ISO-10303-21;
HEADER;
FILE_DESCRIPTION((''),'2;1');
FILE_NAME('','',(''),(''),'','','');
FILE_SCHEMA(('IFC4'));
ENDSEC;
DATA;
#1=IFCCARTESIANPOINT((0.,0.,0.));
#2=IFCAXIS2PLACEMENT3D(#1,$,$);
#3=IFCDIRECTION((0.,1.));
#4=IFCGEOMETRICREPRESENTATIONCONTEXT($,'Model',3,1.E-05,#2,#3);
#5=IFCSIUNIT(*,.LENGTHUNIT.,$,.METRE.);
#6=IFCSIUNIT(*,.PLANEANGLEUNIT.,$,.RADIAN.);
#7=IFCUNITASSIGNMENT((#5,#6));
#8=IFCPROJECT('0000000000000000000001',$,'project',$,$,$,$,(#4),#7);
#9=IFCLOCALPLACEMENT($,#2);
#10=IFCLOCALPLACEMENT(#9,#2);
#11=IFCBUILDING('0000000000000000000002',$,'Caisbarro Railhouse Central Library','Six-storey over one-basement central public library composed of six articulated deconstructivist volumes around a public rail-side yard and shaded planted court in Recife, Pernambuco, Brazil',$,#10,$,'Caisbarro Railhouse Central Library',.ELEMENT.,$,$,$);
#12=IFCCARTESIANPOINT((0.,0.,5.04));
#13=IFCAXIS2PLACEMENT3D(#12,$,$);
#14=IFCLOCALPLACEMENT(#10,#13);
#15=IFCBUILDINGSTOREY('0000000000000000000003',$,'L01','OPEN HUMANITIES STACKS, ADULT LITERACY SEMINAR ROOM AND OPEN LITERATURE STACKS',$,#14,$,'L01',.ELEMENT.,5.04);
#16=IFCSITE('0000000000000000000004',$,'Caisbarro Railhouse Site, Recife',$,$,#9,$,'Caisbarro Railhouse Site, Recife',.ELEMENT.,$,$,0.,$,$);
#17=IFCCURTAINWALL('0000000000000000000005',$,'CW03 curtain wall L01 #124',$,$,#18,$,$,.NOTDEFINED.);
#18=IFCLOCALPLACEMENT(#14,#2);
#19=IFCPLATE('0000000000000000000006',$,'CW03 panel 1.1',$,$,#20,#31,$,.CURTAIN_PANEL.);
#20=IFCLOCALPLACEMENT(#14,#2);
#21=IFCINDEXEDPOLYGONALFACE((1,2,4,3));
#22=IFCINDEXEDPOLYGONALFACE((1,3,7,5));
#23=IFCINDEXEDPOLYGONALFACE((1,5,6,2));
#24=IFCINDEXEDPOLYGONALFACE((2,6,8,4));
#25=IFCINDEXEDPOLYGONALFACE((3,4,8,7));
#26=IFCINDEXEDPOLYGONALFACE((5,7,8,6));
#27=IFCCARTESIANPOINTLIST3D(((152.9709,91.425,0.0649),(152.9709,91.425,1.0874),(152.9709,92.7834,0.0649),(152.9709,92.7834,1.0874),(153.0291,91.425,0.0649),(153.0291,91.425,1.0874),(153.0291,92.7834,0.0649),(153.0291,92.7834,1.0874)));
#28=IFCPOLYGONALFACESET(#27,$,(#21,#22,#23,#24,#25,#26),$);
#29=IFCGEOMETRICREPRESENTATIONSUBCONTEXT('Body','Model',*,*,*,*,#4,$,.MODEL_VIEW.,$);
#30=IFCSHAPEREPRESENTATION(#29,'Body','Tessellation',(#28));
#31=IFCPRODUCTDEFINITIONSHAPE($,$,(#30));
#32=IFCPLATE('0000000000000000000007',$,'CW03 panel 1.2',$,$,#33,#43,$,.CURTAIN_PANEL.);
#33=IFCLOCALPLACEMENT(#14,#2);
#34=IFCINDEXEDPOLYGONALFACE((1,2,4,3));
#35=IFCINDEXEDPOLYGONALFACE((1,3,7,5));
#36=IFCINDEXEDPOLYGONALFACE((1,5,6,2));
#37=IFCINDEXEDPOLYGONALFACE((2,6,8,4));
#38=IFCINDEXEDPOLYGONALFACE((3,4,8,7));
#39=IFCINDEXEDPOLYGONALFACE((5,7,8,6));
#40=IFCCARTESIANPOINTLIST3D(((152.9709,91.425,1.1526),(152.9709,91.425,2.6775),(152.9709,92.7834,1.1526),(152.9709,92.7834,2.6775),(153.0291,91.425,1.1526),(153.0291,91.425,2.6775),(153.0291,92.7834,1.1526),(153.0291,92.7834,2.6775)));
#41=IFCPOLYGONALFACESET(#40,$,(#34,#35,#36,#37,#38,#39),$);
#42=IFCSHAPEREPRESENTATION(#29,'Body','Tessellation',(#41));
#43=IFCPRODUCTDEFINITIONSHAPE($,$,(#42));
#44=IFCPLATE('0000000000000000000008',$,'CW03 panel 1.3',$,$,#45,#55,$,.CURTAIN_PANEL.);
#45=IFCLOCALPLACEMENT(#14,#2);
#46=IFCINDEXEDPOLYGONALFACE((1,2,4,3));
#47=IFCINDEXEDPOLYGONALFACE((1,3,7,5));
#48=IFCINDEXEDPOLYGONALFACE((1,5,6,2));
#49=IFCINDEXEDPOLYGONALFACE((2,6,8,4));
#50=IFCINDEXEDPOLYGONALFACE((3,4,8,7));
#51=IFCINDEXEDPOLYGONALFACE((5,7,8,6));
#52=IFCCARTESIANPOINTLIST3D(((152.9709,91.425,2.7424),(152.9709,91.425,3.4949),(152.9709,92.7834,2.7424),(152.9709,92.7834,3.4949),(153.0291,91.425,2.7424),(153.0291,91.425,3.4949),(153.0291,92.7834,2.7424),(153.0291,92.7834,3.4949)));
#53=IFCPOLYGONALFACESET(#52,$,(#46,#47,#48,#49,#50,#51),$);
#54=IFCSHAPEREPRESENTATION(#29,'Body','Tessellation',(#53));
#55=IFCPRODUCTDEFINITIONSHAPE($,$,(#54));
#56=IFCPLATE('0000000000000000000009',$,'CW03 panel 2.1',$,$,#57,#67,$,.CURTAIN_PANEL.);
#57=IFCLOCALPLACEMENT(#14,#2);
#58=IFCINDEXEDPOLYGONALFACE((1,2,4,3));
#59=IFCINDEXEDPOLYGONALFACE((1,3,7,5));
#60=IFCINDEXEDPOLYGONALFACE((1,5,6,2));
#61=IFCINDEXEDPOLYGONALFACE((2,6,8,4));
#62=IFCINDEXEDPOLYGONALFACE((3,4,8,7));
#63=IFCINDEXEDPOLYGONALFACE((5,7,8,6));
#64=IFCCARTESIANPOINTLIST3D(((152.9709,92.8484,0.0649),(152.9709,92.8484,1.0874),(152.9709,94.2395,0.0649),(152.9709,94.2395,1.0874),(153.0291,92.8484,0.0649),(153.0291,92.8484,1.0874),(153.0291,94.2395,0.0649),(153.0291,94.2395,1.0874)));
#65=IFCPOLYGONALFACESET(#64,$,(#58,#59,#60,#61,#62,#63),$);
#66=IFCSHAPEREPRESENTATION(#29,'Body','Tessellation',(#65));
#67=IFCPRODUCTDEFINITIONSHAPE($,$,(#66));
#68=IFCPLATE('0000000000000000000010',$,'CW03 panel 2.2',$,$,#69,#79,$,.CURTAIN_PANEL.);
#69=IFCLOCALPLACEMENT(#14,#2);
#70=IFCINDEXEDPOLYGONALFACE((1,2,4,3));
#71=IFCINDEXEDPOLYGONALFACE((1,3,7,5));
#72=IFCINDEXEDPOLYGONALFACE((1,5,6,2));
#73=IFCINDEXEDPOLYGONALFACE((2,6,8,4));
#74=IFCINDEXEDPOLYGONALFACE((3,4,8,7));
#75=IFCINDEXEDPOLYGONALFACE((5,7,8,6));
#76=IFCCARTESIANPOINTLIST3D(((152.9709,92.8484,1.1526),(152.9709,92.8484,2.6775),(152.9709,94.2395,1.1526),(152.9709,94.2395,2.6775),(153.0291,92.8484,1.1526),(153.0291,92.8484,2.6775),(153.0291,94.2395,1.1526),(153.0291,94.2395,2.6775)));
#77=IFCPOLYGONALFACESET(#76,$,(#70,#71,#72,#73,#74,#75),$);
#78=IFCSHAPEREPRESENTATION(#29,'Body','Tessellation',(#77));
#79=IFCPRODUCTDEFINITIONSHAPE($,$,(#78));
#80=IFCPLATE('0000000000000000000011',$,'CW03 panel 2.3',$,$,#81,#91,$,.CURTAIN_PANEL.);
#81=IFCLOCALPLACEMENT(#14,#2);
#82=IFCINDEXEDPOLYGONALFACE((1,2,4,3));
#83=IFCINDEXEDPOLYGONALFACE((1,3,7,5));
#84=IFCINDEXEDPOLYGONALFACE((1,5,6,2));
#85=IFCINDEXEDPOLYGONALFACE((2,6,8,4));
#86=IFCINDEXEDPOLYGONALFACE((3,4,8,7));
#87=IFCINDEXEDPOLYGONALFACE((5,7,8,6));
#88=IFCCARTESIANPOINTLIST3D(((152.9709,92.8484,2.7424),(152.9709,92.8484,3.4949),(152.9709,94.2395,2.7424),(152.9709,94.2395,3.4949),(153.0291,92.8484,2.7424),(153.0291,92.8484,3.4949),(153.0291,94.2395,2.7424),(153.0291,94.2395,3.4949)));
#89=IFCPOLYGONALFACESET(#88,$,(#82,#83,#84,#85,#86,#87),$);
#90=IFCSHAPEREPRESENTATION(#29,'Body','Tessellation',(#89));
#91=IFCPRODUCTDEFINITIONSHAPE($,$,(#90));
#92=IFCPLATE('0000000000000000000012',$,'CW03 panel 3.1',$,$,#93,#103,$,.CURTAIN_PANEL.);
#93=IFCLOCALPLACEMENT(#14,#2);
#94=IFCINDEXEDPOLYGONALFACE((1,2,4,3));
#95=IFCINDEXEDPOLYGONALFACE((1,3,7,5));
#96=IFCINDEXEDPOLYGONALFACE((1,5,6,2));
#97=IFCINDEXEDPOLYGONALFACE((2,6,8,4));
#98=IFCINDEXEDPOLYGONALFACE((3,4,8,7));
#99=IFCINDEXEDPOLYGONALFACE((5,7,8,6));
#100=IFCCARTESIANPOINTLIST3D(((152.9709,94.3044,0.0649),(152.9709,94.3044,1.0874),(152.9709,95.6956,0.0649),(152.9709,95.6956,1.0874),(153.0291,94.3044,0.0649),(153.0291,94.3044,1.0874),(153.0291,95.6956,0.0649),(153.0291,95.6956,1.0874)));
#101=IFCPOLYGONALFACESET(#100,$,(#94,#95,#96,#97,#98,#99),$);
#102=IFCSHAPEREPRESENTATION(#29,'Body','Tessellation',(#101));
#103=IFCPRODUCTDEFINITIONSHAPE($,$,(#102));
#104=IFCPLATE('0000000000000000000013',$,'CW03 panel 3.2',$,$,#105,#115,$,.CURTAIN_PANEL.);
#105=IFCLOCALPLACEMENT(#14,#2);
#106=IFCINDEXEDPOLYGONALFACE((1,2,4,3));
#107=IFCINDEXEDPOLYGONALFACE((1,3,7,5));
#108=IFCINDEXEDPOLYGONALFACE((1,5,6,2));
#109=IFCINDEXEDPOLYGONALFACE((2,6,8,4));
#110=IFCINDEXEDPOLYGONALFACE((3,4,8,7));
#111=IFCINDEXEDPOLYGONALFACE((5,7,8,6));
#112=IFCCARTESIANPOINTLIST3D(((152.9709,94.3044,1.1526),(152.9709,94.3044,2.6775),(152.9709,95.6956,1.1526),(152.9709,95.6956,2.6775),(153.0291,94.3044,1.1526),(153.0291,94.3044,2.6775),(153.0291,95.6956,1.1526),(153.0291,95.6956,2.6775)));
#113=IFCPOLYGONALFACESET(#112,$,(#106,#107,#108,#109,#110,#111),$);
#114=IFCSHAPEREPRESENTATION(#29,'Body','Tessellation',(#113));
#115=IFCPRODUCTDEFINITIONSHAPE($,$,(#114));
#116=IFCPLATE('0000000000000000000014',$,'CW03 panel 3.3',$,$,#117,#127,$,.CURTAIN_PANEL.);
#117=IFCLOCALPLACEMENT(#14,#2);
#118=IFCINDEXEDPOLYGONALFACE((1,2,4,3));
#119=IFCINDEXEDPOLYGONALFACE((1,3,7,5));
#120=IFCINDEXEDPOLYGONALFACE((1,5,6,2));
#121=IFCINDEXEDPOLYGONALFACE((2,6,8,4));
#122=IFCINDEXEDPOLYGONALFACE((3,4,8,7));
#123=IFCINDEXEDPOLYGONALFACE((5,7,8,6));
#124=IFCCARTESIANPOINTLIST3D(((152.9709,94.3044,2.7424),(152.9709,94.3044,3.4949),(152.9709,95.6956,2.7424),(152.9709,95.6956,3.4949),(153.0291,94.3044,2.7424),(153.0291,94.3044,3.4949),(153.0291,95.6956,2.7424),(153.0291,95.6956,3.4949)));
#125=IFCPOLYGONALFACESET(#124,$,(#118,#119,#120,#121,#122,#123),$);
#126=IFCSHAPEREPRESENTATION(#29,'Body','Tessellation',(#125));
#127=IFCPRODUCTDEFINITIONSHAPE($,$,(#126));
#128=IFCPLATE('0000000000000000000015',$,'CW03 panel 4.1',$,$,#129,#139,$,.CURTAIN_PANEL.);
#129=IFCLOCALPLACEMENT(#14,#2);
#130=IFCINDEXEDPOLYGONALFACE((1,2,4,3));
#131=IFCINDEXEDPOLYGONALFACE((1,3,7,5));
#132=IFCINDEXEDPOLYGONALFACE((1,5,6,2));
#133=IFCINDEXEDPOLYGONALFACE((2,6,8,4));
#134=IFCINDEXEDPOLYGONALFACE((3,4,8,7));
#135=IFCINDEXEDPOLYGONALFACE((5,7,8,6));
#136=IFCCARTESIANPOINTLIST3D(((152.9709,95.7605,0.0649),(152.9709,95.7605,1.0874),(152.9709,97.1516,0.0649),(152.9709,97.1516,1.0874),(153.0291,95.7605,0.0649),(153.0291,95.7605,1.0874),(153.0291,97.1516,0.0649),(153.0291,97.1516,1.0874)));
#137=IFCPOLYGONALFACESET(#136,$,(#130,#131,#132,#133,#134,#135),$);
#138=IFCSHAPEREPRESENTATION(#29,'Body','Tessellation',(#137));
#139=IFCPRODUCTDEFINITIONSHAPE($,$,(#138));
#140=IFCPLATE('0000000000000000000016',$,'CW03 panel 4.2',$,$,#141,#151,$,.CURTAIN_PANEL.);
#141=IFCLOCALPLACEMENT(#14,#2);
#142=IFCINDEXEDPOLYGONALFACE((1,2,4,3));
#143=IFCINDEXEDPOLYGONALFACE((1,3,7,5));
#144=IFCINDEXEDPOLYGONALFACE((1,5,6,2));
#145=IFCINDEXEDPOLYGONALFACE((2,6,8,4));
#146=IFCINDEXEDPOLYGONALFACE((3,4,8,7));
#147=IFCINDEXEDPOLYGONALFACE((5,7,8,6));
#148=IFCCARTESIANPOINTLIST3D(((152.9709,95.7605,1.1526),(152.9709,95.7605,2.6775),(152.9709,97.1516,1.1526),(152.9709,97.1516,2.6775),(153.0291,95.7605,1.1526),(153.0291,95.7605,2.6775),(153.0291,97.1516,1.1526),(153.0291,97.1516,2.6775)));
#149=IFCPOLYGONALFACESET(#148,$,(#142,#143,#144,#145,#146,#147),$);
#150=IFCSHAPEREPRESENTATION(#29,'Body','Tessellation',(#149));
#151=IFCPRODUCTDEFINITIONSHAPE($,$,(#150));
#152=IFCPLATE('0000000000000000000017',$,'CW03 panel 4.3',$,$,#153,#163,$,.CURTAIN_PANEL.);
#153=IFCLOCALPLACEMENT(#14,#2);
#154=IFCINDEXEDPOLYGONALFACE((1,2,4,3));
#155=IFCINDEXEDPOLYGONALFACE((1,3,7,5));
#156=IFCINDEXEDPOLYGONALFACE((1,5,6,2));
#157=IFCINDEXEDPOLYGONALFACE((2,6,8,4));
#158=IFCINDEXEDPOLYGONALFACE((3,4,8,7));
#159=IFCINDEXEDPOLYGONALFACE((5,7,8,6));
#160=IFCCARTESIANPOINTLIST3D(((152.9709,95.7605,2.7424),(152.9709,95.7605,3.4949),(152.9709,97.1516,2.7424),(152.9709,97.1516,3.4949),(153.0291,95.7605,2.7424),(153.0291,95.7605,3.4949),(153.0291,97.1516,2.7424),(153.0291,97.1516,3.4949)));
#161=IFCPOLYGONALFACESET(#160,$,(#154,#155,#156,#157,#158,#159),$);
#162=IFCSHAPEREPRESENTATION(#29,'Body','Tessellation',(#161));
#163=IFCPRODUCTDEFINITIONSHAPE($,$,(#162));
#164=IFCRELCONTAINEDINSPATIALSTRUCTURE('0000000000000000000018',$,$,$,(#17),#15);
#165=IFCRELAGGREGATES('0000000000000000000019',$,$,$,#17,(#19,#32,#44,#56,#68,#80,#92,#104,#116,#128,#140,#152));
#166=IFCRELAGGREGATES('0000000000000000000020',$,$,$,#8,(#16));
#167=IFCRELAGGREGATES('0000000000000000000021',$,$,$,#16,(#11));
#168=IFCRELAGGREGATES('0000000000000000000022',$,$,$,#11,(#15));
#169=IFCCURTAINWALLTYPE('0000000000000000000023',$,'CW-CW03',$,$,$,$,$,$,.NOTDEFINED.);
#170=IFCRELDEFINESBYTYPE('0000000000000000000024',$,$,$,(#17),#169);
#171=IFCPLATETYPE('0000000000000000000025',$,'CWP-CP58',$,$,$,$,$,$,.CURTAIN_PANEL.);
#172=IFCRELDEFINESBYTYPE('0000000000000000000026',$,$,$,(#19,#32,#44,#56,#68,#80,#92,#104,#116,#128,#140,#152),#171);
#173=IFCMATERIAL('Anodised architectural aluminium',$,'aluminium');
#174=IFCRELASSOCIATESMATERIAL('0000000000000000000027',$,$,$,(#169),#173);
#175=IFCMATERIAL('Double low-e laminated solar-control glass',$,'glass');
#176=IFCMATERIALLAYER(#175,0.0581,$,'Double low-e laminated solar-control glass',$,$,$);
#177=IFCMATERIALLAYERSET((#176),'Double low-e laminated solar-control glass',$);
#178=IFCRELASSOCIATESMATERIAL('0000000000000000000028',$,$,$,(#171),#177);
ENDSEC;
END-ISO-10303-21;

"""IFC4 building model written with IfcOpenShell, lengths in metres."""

from ifc_helpers import new_model, si_unit, direction, frame, origin, origin_2d, place, context, subcontext, project, spatial, rectangle, extrude, material, layer, layer_set, type_object, element, aggregate, save


model = new_model("IFC4")

# Units and contexts
model_context = context("Model", 3, precision=1e-05, world=origin(), true_north=direction((0.0, 1.0)))
body_context = subcontext(model_context, "Body", "Model", "MODEL_VIEW")
ifc_project = project(units=[si_unit("LENGTHUNIT", "METRE"), si_unit("PLANEANGLEUNIT", "RADIAN")], contexts=[model_context])

# Site, building, storey
site_placement = place(None, origin())
site = spatial("IfcSite", under=ifc_project, at=site_placement, Name="Caisbarro Railhouse Site, Recife", LongName="Caisbarro Railhouse Site, Recife", CompositionType="ELEMENT", RefElevation=0.0)
building_placement = place(site_placement, origin())
building = spatial("IfcBuilding", under=site, at=building_placement, Name="Caisbarro Railhouse Central Library", Description="Six-storey over one-basement central public library composed of six articulated deconstructivist volumes around a public rail-side yard and shaded planted court in Recife, Pernambuco, Brazil", LongName="Caisbarro Railhouse Central Library", CompositionType="ELEMENT")
storey_placement = place(building_placement, frame((0.0, 0.0, 5.04)))
storey = spatial("IfcBuildingStorey", under=building, at=storey_placement, Name="L01", Description="OPEN HUMANITIES STACKS, ADULT LITERACY SEMINAR ROOM AND OPEN LITERATURE STACKS", LongName="L01", CompositionType="ELEMENT", Elevation=5.04)

# Curtain wall, plates
ifc_material_1 = material(Name="Anodised architectural aluminium", Category="aluminium")
curtain_wall_type = type_object("IfcCurtainWallType", Name="CW-CW03", PredefinedType="NOTDEFINED", material=ifc_material_1)
curtain_wall_placement = place(storey_placement, origin())
curtain_wall = element("IfcCurtainWall", 1, at=curtain_wall_placement, inside=storey, type_object=curtain_wall_type, Name="CW03 curtain wall L01 #124", PredefinedType="NOTDEFINED")
ifc_material_2 = material(Name="Double low-e laminated solar-control glass", Category="glass")
ifc_layer = layer(ifc_material_2, 0.0581, Name="Double low-e laminated solar-control glass")
ifc_layer_set = layer_set([ifc_layer], Name="Double low-e laminated solar-control glass")
plate_type = type_object("IfcPlateType", Name="CWP-CP58", PredefinedType="CURTAIN_PANEL", material=ifc_layer_set)
plate_1_placement = place(storey_placement, frame((153.0, 92.1042, 0.0649), z_axis=(0.0, 0.0, 1.0), x_axis=(0.0, 1.0, 0.0)))
plate_1 = element("IfcPlate", 2, at=plate_1_placement, type_object=plate_type, Name="CW03 panel 1.1", PredefinedType="CURTAIN_PANEL", context=body_context, shape_type="SweptSolid", body=[
    extrude(rectangle(XDim=1.3584, YDim=0.0581, at=origin_2d()), origin(), (0.0, 0.0, 1.0), 1.0225),
])
plate_2_placement = place(storey_placement, frame((153.0, 92.1042, 1.1526), z_axis=(0.0, 0.0, 1.0), x_axis=(0.0, 1.0, 0.0)))
plate_2 = element("IfcPlate", 3, at=plate_2_placement, type_object=plate_type, Name="CW03 panel 1.2", PredefinedType="CURTAIN_PANEL", context=body_context, shape_type="SweptSolid", body=[
    extrude(rectangle(XDim=1.3584, YDim=0.0581, at=origin_2d()), origin(), (0.0, 0.0, 1.0), 1.5249),
])
plate_3_placement = place(storey_placement, frame((153.0, 92.1042, 2.7424), z_axis=(0.0, 0.0, 1.0), x_axis=(0.0, 1.0, 0.0)))
plate_3 = element("IfcPlate", 4, at=plate_3_placement, type_object=plate_type, Name="CW03 panel 1.3", PredefinedType="CURTAIN_PANEL", context=body_context, shape_type="SweptSolid", body=[
    extrude(rectangle(XDim=1.3584, YDim=0.0581, at=origin_2d()), origin(), (0.0, 0.0, 1.0), 0.7524),
])
plate_4_placement = place(storey_placement, frame((153.0, 93.5439, 0.0649), z_axis=(0.0, 0.0, 1.0), x_axis=(0.0, 1.0, 0.0)))
plate_4 = element("IfcPlate", 5, at=plate_4_placement, type_object=plate_type, Name="CW03 panel 2.1", PredefinedType="CURTAIN_PANEL", context=body_context, shape_type="SweptSolid", body=[
    extrude(rectangle(XDim=1.3911, YDim=0.0581, at=origin_2d()), origin(), (0.0, 0.0, 1.0), 1.0225),
])
plate_5_placement = place(storey_placement, frame((153.0, 93.5439, 1.1526), z_axis=(0.0, 0.0, 1.0), x_axis=(0.0, 1.0, 0.0)))
plate_5 = element("IfcPlate", 6, at=plate_5_placement, type_object=plate_type, Name="CW03 panel 2.2", PredefinedType="CURTAIN_PANEL", context=body_context, shape_type="SweptSolid", body=[
    extrude(rectangle(XDim=1.3911, YDim=0.0581, at=origin_2d()), origin(), (0.0, 0.0, 1.0), 1.5249),
])
plate_6_placement = place(storey_placement, frame((153.0, 93.5439, 2.7424), z_axis=(0.0, 0.0, 1.0), x_axis=(0.0, 1.0, 0.0)))
plate_6 = element("IfcPlate", 7, at=plate_6_placement, type_object=plate_type, Name="CW03 panel 2.3", PredefinedType="CURTAIN_PANEL", context=body_context, shape_type="SweptSolid", body=[
    extrude(rectangle(XDim=1.3911, YDim=0.0581, at=origin_2d()), origin(), (0.0, 0.0, 1.0), 0.7524),
])
plate_7_placement = place(storey_placement, frame((153.0, 95.0, 0.0649), z_axis=(0.0, 0.0, 1.0), x_axis=(0.0, 1.0, 0.0)))
plate_7 = element("IfcPlate", 8, at=plate_7_placement, type_object=plate_type, Name="CW03 panel 3.1", PredefinedType="CURTAIN_PANEL", context=body_context, shape_type="SweptSolid", body=[
    extrude(rectangle(XDim=1.3911, YDim=0.0581, at=origin_2d()), origin(), (0.0, 0.0, 1.0), 1.0225),
])
plate_8_placement = place(storey_placement, frame((153.0, 95.0, 1.1526), z_axis=(0.0, 0.0, 1.0), x_axis=(0.0, 1.0, 0.0)))
plate_8 = element("IfcPlate", 9, at=plate_8_placement, type_object=plate_type, Name="CW03 panel 3.2", PredefinedType="CURTAIN_PANEL", context=body_context, shape_type="SweptSolid", body=[
    extrude(rectangle(XDim=1.3911, YDim=0.0581, at=origin_2d()), origin(), (0.0, 0.0, 1.0), 1.5249),
])
plate_9_placement = place(storey_placement, frame((153.0, 95.0, 2.7424), z_axis=(0.0, 0.0, 1.0), x_axis=(0.0, 1.0, 0.0)))
plate_9 = element("IfcPlate", 10, at=plate_9_placement, type_object=plate_type, Name="CW03 panel 3.3", PredefinedType="CURTAIN_PANEL", context=body_context, shape_type="SweptSolid", body=[
    extrude(rectangle(XDim=1.3911, YDim=0.0581, at=origin_2d()), origin(), (0.0, 0.0, 1.0), 0.7524),
])
plate_10_placement = place(storey_placement, frame((153.0, 96.4561, 0.0649), z_axis=(0.0, 0.0, 1.0), x_axis=(0.0, 1.0, 0.0)))
plate_10 = element("IfcPlate", 11, at=plate_10_placement, type_object=plate_type, Name="CW03 panel 4.1", PredefinedType="CURTAIN_PANEL", context=body_context, shape_type="SweptSolid", body=[
    extrude(rectangle(XDim=1.3911, YDim=0.0581, at=origin_2d()), origin(), (0.0, 0.0, 1.0), 1.0225),
])
plate_11_placement = place(storey_placement, frame((153.0, 96.4561, 1.1526), z_axis=(0.0, 0.0, 1.0), x_axis=(0.0, 1.0, 0.0)))
plate_11 = element("IfcPlate", 12, at=plate_11_placement, type_object=plate_type, Name="CW03 panel 4.2", PredefinedType="CURTAIN_PANEL", context=body_context, shape_type="SweptSolid", body=[
    extrude(rectangle(XDim=1.3911, YDim=0.0581, at=origin_2d()), origin(), (0.0, 0.0, 1.0), 1.5249),
])
plate_12_placement = place(storey_placement, frame((153.0, 96.4561, 2.7424), z_axis=(0.0, 0.0, 1.0), x_axis=(0.0, 1.0, 0.0)))
plate_12 = element("IfcPlate", 13, at=plate_12_placement, type_object=plate_type, Name="CW03 panel 4.3", PredefinedType="CURTAIN_PANEL", context=body_context, shape_type="SweptSolid", body=[
    extrude(rectangle(XDim=1.3911, YDim=0.0581, at=origin_2d()), origin(), (0.0, 0.0, 1.0), 0.7524),
])
aggregate(curtain_wall, [plate_1, plate_2, plate_3, plate_4, plate_5, plate_6, plate_7, plate_8, plate_9, plate_10, plate_11, plate_12])

save(model, "model.ifc")
